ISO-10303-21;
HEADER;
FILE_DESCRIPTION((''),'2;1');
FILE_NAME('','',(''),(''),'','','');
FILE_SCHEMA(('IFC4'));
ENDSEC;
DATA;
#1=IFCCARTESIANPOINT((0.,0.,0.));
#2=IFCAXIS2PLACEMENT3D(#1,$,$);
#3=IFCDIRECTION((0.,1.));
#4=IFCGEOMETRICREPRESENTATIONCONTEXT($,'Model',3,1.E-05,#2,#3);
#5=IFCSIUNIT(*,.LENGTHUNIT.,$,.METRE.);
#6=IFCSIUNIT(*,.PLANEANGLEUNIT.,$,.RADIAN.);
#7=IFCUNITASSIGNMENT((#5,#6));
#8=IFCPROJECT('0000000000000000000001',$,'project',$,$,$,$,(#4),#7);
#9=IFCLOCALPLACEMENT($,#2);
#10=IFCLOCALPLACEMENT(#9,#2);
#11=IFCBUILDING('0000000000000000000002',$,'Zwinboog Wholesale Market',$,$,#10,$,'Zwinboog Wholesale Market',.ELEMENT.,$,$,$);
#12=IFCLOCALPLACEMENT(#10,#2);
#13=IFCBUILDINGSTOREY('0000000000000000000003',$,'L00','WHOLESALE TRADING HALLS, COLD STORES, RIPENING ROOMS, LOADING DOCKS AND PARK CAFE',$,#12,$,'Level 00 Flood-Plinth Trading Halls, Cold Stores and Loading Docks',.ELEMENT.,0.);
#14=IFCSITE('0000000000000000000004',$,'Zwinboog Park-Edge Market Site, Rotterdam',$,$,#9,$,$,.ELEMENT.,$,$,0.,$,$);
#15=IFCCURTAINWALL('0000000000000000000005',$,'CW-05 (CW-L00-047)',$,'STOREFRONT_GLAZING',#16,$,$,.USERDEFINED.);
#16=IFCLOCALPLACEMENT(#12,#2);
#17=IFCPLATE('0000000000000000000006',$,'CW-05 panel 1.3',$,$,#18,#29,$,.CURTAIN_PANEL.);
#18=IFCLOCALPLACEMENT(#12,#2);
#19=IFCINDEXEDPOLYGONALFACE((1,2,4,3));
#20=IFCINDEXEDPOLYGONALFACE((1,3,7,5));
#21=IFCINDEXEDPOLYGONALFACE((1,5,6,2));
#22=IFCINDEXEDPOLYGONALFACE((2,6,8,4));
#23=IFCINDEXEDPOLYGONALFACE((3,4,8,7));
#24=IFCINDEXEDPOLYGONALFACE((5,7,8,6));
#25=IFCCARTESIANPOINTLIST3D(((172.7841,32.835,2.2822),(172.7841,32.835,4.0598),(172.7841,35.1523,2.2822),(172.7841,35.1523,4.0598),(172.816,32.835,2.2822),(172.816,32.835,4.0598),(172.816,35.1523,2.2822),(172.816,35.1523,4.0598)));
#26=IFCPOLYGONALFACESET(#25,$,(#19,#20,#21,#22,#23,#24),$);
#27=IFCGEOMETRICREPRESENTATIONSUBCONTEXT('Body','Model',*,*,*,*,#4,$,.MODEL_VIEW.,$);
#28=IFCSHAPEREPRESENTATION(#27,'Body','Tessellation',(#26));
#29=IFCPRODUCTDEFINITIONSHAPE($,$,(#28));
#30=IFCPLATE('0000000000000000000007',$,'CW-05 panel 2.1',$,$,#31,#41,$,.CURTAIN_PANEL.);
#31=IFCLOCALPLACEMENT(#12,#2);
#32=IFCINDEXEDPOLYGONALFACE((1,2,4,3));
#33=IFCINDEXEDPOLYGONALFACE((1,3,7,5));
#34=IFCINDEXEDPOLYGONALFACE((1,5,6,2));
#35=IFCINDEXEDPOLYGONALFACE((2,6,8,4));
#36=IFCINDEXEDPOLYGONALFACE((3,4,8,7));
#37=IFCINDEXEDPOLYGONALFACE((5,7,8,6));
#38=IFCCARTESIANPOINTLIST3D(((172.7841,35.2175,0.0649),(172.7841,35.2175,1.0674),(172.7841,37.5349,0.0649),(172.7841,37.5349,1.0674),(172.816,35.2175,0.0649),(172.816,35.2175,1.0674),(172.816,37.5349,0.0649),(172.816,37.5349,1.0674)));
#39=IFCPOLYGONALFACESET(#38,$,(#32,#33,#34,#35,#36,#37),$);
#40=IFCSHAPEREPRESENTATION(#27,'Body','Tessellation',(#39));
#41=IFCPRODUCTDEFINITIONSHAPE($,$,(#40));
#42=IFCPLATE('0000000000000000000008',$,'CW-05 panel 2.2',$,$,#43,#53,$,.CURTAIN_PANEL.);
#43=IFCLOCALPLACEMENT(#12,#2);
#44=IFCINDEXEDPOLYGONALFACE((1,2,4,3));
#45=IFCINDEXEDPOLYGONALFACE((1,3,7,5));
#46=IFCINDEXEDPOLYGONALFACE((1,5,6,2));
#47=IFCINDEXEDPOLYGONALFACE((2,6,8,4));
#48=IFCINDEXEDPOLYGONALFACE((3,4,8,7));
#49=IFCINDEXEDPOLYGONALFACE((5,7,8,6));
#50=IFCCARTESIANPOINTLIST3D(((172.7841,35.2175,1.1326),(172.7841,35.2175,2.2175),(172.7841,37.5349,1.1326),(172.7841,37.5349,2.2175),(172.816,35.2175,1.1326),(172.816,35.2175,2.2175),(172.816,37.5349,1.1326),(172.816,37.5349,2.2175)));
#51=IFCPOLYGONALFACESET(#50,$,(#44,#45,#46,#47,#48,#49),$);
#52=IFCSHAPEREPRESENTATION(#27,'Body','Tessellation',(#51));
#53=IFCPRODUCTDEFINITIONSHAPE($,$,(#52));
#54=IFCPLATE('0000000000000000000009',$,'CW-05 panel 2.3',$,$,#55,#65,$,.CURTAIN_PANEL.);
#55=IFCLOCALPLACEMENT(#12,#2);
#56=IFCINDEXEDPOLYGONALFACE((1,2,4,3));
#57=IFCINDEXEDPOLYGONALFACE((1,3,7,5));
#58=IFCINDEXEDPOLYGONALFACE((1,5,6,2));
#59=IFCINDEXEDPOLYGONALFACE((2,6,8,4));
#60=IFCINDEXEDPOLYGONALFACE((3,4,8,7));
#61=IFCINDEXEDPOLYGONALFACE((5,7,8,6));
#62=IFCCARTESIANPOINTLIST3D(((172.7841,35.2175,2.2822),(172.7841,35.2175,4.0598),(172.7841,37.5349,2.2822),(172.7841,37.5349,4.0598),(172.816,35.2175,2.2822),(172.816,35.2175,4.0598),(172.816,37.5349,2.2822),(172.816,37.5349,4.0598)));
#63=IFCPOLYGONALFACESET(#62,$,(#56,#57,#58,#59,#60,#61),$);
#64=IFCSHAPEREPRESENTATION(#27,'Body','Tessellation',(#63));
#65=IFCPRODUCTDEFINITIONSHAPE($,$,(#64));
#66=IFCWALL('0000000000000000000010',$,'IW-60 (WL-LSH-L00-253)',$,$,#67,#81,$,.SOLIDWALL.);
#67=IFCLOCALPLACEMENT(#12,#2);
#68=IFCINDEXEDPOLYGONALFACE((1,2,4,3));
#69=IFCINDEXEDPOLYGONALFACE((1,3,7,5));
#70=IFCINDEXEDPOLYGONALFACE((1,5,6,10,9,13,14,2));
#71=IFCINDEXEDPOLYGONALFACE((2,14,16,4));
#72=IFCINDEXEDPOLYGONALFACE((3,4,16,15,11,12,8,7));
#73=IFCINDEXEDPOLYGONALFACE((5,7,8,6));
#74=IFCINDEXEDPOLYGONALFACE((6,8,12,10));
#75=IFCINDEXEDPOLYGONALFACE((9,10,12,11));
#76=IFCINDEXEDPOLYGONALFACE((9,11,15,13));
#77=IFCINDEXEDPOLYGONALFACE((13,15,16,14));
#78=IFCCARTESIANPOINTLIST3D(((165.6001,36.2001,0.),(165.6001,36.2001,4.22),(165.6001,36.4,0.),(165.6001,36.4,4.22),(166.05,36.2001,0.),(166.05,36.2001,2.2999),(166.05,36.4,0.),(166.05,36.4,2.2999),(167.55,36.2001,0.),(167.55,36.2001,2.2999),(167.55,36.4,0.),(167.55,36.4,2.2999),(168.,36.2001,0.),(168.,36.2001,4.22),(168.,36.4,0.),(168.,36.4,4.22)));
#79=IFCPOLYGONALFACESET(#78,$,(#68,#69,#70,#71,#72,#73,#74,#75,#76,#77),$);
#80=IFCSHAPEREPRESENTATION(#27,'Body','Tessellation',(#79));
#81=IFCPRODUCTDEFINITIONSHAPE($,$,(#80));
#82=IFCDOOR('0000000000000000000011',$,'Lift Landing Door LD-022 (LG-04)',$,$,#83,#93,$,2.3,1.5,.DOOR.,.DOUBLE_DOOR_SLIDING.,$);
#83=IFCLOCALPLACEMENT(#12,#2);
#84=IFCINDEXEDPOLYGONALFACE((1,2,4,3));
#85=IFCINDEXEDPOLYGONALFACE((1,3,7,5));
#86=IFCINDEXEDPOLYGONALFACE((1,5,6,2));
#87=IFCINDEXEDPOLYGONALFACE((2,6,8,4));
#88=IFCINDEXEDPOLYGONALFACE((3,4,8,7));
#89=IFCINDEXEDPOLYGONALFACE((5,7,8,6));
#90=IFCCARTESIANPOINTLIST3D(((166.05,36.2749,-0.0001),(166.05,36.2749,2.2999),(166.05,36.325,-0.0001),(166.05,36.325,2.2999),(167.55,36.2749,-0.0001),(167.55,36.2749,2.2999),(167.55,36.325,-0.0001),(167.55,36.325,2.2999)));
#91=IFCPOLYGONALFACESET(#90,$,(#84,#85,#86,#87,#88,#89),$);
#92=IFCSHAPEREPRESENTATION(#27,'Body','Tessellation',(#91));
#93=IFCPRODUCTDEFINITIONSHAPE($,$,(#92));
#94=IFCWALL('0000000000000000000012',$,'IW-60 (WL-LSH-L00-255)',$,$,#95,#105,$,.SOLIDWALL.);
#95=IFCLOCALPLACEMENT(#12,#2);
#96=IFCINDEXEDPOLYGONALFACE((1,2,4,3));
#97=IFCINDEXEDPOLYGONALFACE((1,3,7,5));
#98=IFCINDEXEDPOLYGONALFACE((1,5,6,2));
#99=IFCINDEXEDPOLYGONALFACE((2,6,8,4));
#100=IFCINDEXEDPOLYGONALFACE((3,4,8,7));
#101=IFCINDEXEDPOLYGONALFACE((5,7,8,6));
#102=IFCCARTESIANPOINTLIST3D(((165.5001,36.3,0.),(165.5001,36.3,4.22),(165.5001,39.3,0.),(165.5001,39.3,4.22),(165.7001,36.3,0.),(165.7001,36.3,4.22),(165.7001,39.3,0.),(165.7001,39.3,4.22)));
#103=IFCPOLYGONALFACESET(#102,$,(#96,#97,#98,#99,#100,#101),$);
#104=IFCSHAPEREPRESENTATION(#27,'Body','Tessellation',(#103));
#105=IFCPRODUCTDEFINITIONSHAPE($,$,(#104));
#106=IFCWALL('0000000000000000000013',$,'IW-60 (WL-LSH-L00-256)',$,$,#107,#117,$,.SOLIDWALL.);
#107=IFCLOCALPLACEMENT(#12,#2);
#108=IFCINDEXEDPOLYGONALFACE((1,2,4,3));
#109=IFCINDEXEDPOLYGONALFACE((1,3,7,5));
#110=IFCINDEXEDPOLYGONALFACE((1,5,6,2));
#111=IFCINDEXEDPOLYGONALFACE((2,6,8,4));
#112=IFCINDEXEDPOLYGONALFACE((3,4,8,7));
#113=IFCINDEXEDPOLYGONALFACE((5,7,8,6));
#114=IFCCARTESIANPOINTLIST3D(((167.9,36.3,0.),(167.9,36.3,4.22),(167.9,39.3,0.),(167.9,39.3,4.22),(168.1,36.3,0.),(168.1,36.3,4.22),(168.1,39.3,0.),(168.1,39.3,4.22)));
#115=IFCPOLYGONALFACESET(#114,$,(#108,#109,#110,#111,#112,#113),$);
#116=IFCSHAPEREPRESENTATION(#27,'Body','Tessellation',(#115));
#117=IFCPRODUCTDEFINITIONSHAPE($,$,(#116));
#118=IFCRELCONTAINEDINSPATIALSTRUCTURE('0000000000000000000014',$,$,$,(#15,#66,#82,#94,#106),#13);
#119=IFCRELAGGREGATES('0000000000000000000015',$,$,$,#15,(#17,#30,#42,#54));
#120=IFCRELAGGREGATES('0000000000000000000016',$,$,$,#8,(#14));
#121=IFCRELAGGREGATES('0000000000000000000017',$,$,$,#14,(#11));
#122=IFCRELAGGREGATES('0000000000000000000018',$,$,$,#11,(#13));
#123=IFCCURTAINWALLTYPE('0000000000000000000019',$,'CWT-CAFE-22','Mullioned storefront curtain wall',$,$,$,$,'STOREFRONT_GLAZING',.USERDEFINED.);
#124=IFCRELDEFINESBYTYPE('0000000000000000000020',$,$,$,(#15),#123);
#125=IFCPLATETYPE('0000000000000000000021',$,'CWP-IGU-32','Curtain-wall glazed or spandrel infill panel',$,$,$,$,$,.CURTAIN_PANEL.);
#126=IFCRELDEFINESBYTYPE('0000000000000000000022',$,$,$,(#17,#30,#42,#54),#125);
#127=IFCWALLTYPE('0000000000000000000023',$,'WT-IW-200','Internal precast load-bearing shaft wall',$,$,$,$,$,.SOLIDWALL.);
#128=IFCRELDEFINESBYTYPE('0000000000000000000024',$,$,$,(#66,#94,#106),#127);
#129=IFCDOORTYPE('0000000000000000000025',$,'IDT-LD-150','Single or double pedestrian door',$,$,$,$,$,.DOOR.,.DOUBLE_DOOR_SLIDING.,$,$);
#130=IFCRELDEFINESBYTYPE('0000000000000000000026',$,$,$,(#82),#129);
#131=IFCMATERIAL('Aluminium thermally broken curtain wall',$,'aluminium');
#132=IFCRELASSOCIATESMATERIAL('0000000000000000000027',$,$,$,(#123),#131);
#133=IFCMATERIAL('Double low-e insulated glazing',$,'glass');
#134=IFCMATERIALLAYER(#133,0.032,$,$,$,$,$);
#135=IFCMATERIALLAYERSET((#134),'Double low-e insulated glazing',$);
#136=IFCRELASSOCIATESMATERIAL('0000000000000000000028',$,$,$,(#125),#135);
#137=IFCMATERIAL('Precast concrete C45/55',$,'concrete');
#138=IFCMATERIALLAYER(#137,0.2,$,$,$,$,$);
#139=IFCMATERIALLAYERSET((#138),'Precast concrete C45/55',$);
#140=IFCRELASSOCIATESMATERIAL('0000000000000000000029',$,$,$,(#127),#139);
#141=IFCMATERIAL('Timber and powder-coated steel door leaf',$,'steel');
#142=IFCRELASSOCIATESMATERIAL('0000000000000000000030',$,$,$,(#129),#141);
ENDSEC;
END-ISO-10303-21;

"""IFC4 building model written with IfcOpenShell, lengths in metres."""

from ifc_helpers import new_model, si_unit, direction, frame, frame_2d, origin, origin_2d, place, context, subcontext, project, spatial, rectangle, extrude, material, layer, layer_set, type_object, element, fill, aggregate, save


model = new_model("IFC4")

# Units and contexts
model_context = context("Model", 3, precision=1e-05, world=origin(), true_north=direction((0.0, 1.0)))
body_context = subcontext(model_context, "Body", "Model", "MODEL_VIEW")
ifc_project = project(units=[si_unit("LENGTHUNIT", "METRE"), si_unit("PLANEANGLEUNIT", "RADIAN")], contexts=[model_context])

# Site, building, storey
site_placement = place(None, origin())
site = spatial("IfcSite", under=ifc_project, at=site_placement, Name="Zwinboog Park-Edge Market Site, Rotterdam", CompositionType="ELEMENT", RefElevation=0.0)
building_placement = place(site_placement, origin())
building = spatial("IfcBuilding", under=site, at=building_placement, Name="Zwinboog Wholesale Market", LongName="Zwinboog Wholesale Market", CompositionType="ELEMENT")
storey_placement = place(building_placement, origin())
storey = spatial("IfcBuildingStorey", under=building, at=storey_placement, Name="L00", Description="WHOLESALE TRADING HALLS, COLD STORES, RIPENING ROOMS, LOADING DOCKS AND PARK CAFE", LongName="Level 00 Flood-Plinth Trading Halls, Cold Stores and Loading Docks", CompositionType="ELEMENT", Elevation=0.0)

# Curtain wall, plates
ifc_material_1 = material(Name="Aluminium thermally broken curtain wall", Category="aluminium")
curtain_wall_type = type_object("IfcCurtainWallType", Name="CWT-CAFE-22", Description="Mullioned storefront curtain wall", ElementType="STOREFRONT_GLAZING", PredefinedType="USERDEFINED", material=ifc_material_1)
curtain_wall_placement = place(storey_placement, origin())
curtain_wall = element("IfcCurtainWall", 1, at=curtain_wall_placement, inside=storey, type_object=curtain_wall_type, Name="CW-05 (CW-L00-047)", ObjectType="STOREFRONT_GLAZING", PredefinedType="USERDEFINED")
ifc_material_2 = material(Name="Double low-e insulated glazing", Category="glass")
ifc_layer_1 = layer(ifc_material_2, 0.032)
ifc_layer_set_1 = layer_set([ifc_layer_1], Name="Double low-e insulated glazing")
plate_type = type_object("IfcPlateType", Name="CWP-IGU-32", Description="Curtain-wall glazed or spandrel infill panel", PredefinedType="CURTAIN_PANEL", material=ifc_layer_set_1)
plate_1_placement = place(storey_placement, frame((172.8, 33.9937, 2.2822), z_axis=(0.0, 0.0, 1.0), x_axis=(0.0, 1.0, 0.0)))
plate_1 = element("IfcPlate", 2, at=plate_1_placement, type_object=plate_type, Name="CW-05 panel 1.3", PredefinedType="CURTAIN_PANEL", context=body_context, shape_type="SweptSolid", body=[
    extrude(rectangle(XDim=2.3174, YDim=0.032, at=origin_2d()), origin(), (0.0, 0.0, 1.0), 1.7776),
])
plate_2_placement = place(storey_placement, frame((172.8, 36.3762, 0.0649), z_axis=(0.0, 0.0, 1.0), x_axis=(0.0, 1.0, 0.0)))
plate_2 = element("IfcPlate", 3, at=plate_2_placement, type_object=plate_type, Name="CW-05 panel 2.1", PredefinedType="CURTAIN_PANEL", context=body_context, shape_type="SweptSolid", body=[
    extrude(rectangle(XDim=2.3174, YDim=0.032, at=origin_2d()), origin(), (0.0, 0.0, 1.0), 1.0024),
])
plate_3_placement = place(storey_placement, frame((172.8, 36.3762, 1.1326), z_axis=(0.0, 0.0, 1.0), x_axis=(0.0, 1.0, 0.0)))
plate_3 = element("IfcPlate", 4, at=plate_3_placement, type_object=plate_type, Name="CW-05 panel 2.2", PredefinedType="CURTAIN_PANEL", context=body_context, shape_type="SweptSolid", body=[
    extrude(rectangle(XDim=2.3174, YDim=0.032, at=origin_2d()), origin(), (0.0, 0.0, 1.0), 1.085),
])
plate_4_placement = place(storey_placement, frame((172.8, 36.3762, 2.2822), z_axis=(0.0, 0.0, 1.0), x_axis=(0.0, 1.0, 0.0)))
plate_4 = element("IfcPlate", 5, at=plate_4_placement, type_object=plate_type, Name="CW-05 panel 2.3", PredefinedType="CURTAIN_PANEL", context=body_context, shape_type="SweptSolid", body=[
    extrude(rectangle(XDim=2.3174, YDim=0.032, at=origin_2d()), origin(), (0.0, 0.0, 1.0), 1.7776),
])
aggregate(curtain_wall, [plate_1, plate_2, plate_3, plate_4])

# Wall, opening, door
ifc_material_3 = material(Name="Precast concrete C45/55", Category="concrete")
ifc_layer_2 = layer(ifc_material_3, 0.2)
ifc_layer_set_2 = layer_set([ifc_layer_2], Name="Precast concrete C45/55")
wall_type = type_object("IfcWallType", Name="WT-IW-200", Description="Internal precast load-bearing shaft wall", PredefinedType="SOLIDWALL", material=ifc_layer_set_2)
wall_placement = place(storey_placement, frame((165.6001, 36.3, 0.0), z_axis=(0.0, 0.0, 1.0), x_axis=(1.0, 0.0, 0.0)))
wall = element("IfcWall", 6, at=wall_placement, inside=storey, type_object=wall_type, Name="IW-60 (WL-LSH-L00-253)", PredefinedType="SOLIDWALL", context=body_context, shape_type="SweptSolid", body=[
    extrude(rectangle(XDim=2.3999, YDim=0.2, at=frame_2d((1.2, 0.0))), origin(), (0.0, 0.0, 1.0), 4.22),
])
opening_placement = place(wall_placement, frame((0.45, 0.0, 0.0)))
opening = element("IfcOpeningElement", 7, at=opening_placement, cuts=wall, PredefinedType="OPENING", context=body_context, shape_type="SweptSolid", body=[
    extrude(rectangle(XDim=1.5, YDim=2.3, at=frame_2d((0.75, 1.1499))), frame((0.0, 0.1099, 0.0), z_axis=(0.0, -1.0, 0.0), x_axis=(1.0, 0.0, 0.0)), (0.0, 0.0, 1.0), 0.22),
])
ifc_material_4 = material(Name="Timber and powder-coated steel door leaf", Category="steel")
door_type = type_object("IfcDoorType", Name="IDT-LD-150", Description="Single or double pedestrian door", OperationType="DOUBLE_DOOR_SLIDING", PredefinedType="DOOR", material=ifc_material_4)
door_placement = place(opening_placement, origin())
door = element("IfcDoor", 8, at=door_placement, inside=storey, type_object=door_type, Name="Lift Landing Door LD-022 (LG-04)", OperationType="DOUBLE_DOOR_SLIDING", OverallHeight=2.3, OverallWidth=1.5, PredefinedType="DOOR", context=body_context, shape_type="SweptSolid", body=[
    extrude(rectangle(XDim=1.5, YDim=2.3, at=frame_2d((0.75, 1.1499))), frame((0.0, 0.0249, 0.0), z_axis=(0.0, -1.0, 0.0), x_axis=(1.0, 0.0, 0.0)), (0.0, 0.0, 1.0), 0.05),
])
fill(opening, door)

# Walls
for number, where, z_axis, x_axis, name in (
    (9, (165.6001, 36.3, 0.0), (0.0, 0.0, 1.0), (0.0, 1.0, 0.0), "IW-60 (WL-LSH-L00-255)"),
    (10, (168.0, 36.3, 0.0), (0.0, 0.0, 1.0), (0.0, 1.0, 0.0), "IW-60 (WL-LSH-L00-256)"),
):
    element("IfcWall", number, at=place(storey_placement, frame(where, z_axis=z_axis, x_axis=x_axis)), inside=storey, type_object=wall_type, Name=name, PredefinedType="SOLIDWALL", context=body_context, shape_type="SweptSolid", body=[
        extrude(rectangle(XDim=3.0, YDim=0.2, at=frame_2d((1.5, 0.0))), origin(), (0.0, 0.0, 1.0), 4.22),
    ])

save(model, "model.ifc")
